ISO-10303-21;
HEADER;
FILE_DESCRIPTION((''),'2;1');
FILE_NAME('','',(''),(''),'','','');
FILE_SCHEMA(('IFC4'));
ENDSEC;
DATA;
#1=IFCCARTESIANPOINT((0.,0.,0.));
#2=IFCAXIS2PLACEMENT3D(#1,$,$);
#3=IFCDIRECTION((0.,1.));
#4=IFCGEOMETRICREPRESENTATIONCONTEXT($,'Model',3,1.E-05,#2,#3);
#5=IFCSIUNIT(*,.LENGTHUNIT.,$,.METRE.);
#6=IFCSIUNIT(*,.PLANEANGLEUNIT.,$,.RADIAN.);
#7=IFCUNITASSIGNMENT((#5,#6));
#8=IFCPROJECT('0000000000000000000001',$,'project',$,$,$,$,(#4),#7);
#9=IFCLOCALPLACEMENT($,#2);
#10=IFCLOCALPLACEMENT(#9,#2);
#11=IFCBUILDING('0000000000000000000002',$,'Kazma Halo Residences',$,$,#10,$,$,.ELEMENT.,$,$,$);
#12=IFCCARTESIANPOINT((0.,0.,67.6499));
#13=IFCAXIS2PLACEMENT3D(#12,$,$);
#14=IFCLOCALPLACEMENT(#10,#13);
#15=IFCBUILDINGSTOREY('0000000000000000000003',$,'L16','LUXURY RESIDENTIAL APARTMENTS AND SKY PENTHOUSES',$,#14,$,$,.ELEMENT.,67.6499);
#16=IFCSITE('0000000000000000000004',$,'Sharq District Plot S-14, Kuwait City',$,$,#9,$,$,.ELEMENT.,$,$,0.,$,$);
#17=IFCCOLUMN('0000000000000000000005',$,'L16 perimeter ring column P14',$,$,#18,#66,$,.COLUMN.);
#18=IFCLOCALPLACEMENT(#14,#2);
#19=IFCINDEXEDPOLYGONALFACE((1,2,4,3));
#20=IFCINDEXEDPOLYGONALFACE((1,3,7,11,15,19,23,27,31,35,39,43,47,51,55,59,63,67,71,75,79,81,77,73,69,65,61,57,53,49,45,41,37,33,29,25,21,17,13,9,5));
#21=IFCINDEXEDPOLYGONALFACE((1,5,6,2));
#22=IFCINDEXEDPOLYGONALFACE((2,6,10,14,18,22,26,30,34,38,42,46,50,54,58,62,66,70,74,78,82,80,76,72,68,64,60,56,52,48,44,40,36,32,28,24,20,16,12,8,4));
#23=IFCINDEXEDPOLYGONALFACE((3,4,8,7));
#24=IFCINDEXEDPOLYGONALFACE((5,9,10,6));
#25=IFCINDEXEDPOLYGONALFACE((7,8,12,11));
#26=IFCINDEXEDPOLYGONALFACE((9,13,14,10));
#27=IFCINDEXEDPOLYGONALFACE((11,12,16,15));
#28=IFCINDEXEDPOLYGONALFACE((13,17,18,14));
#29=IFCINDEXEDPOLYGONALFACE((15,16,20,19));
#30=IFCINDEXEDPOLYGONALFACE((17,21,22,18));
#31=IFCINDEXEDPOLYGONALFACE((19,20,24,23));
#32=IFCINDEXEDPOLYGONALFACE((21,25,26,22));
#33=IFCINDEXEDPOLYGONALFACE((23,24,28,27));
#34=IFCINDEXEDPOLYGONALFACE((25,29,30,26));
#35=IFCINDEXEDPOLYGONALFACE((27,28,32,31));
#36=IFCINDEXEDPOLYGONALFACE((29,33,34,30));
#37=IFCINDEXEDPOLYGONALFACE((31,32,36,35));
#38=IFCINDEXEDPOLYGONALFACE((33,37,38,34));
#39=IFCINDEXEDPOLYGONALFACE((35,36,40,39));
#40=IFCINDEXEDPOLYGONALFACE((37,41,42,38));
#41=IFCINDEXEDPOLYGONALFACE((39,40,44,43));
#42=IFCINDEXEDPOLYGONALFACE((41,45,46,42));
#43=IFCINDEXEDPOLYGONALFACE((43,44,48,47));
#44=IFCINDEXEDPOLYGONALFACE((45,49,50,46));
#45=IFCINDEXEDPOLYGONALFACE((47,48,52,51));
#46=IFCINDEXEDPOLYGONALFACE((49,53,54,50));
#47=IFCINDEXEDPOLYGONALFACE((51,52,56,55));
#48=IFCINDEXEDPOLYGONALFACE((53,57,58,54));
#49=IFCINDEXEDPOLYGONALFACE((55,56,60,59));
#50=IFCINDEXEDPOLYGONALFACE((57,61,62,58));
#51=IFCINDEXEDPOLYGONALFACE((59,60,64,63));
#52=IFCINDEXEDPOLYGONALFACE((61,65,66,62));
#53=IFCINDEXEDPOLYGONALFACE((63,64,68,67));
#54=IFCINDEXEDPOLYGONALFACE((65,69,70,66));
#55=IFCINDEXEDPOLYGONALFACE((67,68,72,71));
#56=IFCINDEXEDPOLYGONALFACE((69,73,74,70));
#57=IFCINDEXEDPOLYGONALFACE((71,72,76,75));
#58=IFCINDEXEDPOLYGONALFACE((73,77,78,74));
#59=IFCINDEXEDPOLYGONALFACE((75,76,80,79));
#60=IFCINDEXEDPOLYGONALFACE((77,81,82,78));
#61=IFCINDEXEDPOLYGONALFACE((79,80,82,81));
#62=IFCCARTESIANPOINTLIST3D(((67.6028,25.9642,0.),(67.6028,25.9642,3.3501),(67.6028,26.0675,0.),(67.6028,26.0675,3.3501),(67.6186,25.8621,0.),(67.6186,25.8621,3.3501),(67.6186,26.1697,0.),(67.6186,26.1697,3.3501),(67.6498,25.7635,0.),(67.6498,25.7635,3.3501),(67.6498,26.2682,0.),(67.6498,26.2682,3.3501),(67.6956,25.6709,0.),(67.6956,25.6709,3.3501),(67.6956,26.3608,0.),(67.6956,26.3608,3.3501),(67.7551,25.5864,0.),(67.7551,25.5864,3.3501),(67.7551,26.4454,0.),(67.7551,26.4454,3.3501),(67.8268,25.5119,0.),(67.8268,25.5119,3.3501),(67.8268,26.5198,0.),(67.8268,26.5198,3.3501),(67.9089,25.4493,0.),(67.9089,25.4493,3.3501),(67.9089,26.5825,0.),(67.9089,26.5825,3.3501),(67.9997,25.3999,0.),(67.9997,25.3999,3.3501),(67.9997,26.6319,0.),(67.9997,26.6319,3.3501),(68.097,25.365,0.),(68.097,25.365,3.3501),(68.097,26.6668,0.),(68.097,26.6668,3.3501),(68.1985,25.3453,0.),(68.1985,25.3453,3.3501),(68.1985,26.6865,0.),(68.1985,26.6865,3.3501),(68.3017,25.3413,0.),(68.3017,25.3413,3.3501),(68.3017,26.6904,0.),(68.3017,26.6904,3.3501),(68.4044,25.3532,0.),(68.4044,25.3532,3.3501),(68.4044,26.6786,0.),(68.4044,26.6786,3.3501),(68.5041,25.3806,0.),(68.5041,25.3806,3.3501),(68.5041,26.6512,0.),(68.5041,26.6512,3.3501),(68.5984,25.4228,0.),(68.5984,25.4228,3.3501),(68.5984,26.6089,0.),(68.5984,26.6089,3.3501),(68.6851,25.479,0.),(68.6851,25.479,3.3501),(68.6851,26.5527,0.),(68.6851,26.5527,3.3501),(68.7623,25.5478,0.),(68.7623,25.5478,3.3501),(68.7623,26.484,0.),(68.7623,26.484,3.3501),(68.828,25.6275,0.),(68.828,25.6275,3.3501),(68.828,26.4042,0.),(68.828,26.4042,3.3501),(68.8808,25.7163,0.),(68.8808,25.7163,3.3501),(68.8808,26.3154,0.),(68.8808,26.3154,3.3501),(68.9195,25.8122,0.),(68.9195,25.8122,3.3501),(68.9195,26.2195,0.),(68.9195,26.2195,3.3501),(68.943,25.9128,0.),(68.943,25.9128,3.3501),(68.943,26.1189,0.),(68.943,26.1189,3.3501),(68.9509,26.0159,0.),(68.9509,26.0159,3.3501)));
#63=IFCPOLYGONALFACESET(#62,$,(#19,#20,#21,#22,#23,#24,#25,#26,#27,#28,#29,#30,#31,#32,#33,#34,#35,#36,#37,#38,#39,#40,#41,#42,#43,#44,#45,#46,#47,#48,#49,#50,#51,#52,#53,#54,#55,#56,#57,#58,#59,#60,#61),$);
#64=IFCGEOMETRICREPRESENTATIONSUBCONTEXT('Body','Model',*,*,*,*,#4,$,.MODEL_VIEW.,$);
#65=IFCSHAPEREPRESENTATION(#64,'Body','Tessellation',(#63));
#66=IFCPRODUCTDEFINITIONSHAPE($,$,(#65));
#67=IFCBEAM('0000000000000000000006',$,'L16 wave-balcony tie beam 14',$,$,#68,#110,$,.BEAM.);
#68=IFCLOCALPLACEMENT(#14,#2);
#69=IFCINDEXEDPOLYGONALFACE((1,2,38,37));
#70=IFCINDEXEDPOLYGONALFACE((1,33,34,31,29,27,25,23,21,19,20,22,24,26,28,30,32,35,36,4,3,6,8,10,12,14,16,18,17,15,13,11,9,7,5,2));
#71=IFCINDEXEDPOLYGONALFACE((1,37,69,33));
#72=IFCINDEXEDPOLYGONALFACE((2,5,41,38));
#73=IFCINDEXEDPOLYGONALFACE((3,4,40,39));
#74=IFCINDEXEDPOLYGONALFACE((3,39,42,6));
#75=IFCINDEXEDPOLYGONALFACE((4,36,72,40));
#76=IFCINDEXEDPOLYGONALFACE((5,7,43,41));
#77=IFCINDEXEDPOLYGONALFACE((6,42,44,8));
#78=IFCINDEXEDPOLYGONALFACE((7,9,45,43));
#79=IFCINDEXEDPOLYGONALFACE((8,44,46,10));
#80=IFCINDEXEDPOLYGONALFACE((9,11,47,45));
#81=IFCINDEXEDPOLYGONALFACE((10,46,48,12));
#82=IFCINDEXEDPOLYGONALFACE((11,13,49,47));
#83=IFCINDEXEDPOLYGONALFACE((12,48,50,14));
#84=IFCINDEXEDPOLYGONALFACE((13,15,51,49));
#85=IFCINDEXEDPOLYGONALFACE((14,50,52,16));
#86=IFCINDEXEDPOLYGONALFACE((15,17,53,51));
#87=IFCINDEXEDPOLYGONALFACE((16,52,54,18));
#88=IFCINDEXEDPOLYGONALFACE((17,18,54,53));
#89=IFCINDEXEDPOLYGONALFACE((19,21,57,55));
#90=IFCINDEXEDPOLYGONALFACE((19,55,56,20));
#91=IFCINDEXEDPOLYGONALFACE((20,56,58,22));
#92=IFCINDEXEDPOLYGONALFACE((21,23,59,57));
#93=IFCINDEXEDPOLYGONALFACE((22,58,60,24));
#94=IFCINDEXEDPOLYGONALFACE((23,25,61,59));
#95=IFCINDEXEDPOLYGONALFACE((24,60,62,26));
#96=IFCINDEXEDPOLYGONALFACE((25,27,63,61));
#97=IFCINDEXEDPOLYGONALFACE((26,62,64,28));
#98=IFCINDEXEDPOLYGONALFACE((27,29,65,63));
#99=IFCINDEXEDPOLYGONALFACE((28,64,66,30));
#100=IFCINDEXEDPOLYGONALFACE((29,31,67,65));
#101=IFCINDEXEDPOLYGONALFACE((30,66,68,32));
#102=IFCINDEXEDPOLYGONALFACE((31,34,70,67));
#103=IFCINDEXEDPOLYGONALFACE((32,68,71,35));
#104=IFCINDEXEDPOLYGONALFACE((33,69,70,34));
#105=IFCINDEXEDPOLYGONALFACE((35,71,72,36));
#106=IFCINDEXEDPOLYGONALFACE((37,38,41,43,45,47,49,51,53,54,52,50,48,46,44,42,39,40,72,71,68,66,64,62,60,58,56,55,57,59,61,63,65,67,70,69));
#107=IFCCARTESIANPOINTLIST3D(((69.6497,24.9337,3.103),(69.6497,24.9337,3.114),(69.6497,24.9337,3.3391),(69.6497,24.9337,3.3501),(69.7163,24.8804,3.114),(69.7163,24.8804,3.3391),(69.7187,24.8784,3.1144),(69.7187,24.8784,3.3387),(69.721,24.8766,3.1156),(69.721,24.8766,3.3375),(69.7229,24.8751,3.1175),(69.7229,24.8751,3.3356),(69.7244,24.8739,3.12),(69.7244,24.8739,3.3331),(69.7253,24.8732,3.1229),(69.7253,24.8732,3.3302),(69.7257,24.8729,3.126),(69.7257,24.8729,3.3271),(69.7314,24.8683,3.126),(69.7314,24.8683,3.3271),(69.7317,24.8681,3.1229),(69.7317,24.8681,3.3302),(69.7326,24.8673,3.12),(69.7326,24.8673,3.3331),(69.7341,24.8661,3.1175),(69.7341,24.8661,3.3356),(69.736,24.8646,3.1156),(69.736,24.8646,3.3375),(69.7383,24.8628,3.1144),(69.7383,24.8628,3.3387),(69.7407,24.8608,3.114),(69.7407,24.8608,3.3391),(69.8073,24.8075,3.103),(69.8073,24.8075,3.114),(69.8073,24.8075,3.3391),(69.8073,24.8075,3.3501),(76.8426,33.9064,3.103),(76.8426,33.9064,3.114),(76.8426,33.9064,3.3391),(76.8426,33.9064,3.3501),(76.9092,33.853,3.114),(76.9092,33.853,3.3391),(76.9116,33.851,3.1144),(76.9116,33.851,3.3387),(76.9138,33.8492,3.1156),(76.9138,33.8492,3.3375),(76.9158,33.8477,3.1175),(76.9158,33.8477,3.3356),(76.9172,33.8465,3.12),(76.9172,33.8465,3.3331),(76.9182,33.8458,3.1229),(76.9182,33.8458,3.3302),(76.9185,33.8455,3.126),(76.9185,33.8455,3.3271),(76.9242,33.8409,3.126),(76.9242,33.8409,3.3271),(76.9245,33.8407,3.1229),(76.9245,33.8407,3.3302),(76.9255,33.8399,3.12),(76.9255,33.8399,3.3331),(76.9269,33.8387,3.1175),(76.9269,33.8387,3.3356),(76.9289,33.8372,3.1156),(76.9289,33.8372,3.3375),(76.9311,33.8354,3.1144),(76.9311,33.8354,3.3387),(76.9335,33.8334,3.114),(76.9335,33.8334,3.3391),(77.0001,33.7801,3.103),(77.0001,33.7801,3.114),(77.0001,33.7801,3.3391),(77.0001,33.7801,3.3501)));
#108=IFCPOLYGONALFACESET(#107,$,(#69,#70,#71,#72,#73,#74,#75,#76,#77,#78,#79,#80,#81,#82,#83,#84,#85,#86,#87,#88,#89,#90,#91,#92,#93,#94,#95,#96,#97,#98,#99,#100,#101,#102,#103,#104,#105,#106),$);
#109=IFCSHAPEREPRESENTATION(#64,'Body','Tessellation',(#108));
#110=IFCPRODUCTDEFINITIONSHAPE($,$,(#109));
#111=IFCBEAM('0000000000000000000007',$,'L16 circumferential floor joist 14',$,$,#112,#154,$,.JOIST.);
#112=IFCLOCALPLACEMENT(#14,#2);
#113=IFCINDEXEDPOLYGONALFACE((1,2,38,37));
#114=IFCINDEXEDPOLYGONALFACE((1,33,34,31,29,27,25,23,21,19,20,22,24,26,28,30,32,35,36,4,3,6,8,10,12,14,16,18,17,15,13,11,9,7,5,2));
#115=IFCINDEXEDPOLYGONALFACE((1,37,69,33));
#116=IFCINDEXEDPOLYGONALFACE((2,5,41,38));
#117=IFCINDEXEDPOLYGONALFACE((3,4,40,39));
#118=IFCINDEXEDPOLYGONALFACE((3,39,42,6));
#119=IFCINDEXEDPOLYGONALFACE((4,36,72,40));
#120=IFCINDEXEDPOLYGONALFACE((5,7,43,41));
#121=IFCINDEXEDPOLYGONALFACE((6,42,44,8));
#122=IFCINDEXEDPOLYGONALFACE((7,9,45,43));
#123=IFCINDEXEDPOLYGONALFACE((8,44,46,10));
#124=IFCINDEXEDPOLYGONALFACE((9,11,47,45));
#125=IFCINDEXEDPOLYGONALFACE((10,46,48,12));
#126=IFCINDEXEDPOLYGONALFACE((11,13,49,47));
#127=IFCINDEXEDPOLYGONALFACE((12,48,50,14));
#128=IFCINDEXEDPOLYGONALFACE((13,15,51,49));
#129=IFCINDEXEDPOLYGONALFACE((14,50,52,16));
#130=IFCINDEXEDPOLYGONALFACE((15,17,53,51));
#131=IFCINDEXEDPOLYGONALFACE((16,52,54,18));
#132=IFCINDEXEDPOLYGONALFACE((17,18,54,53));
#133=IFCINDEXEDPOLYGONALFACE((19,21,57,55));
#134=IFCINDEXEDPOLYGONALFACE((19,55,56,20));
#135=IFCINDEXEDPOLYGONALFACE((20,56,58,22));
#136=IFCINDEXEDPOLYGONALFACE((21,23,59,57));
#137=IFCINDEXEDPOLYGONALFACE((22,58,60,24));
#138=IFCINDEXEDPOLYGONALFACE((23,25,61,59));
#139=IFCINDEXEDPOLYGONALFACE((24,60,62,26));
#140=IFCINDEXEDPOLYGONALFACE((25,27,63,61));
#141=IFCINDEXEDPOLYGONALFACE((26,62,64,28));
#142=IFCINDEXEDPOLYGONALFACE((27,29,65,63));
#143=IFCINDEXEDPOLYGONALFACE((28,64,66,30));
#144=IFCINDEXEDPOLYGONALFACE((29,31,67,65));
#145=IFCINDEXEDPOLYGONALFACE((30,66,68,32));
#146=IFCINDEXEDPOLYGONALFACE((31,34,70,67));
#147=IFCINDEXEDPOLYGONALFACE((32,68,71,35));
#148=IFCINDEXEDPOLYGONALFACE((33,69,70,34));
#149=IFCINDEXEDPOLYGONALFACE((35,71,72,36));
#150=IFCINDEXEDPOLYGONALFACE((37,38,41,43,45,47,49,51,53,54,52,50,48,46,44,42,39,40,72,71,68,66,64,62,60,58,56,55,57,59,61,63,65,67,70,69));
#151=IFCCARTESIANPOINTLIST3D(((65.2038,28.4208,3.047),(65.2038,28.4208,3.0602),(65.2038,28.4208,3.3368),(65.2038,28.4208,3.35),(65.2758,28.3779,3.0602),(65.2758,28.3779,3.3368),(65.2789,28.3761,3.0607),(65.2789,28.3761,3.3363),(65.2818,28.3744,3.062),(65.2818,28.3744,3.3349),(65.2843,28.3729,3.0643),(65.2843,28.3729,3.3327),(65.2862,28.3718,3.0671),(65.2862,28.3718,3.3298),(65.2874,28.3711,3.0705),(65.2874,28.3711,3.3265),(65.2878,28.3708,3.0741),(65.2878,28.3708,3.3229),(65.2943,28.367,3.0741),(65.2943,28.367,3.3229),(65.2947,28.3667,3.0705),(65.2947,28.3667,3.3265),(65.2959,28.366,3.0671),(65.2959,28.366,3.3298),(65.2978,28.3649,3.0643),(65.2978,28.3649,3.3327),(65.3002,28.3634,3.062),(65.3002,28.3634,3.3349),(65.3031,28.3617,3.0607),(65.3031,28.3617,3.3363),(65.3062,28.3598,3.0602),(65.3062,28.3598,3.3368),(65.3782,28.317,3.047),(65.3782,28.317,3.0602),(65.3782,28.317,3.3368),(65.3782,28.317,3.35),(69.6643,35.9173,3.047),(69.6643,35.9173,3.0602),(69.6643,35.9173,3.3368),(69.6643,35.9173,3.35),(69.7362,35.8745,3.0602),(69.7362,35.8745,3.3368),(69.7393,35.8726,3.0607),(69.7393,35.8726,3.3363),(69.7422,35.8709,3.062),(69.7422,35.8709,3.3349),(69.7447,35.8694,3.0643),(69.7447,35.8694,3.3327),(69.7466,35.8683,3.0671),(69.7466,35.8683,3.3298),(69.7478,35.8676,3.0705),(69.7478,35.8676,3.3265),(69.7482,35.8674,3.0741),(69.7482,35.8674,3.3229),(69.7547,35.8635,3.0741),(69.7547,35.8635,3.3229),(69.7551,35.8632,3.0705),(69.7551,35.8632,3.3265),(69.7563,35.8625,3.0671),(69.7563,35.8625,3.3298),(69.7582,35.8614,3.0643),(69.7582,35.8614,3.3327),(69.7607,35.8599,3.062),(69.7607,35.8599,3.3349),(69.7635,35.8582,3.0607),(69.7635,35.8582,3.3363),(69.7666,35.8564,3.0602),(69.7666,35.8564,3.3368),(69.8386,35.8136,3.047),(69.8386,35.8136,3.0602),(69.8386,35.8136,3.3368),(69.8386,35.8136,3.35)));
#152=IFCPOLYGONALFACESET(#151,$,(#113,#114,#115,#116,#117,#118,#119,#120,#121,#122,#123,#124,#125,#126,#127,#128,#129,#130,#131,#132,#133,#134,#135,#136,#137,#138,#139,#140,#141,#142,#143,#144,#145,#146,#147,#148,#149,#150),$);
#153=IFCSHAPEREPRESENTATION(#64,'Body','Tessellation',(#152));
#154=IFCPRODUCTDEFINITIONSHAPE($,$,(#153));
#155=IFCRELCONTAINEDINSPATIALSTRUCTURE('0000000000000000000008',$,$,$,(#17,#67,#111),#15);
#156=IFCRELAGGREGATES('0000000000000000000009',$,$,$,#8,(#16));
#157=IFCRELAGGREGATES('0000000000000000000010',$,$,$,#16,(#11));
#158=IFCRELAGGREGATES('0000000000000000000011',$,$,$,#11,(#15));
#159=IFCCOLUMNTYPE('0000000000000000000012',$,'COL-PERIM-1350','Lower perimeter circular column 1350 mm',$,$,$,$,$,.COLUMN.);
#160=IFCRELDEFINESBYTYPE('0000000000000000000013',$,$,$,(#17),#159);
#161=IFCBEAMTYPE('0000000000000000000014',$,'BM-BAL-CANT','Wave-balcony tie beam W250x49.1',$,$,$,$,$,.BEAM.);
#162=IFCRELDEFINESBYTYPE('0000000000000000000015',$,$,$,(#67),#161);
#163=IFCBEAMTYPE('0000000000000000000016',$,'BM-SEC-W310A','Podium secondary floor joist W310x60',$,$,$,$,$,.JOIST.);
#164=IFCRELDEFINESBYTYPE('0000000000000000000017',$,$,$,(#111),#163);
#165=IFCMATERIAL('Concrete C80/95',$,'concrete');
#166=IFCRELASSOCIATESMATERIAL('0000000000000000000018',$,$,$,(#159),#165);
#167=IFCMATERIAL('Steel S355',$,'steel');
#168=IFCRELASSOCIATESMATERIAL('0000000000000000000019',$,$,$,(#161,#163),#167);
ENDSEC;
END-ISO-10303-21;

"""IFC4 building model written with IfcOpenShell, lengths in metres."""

from ifc_helpers import new_model, si_unit, direction, frame, origin, origin_2d, place, context, subcontext, project, spatial, circle, i_section, extrude, material, material_profile, profile_set, type_object, element, save


model = new_model("IFC4")

# Units and contexts
model_context = context("Model", 3, precision=1e-05, world=origin(), true_north=direction((0.0, 1.0)))
body_context = subcontext(model_context, "Body", "Model", "MODEL_VIEW")
ifc_project = project(units=[si_unit("LENGTHUNIT", "METRE"), si_unit("PLANEANGLEUNIT", "RADIAN")], contexts=[model_context])

# Site, building, storey
site_placement = place(None, origin())
site = spatial("IfcSite", under=ifc_project, at=site_placement, Name="Sharq District Plot S-14, Kuwait City", CompositionType="ELEMENT", RefElevation=0.0)
building_placement = place(site_placement, origin())
building = spatial("IfcBuilding", under=site, at=building_placement, Name="Kazma Halo Residences", CompositionType="ELEMENT")
storey_placement = place(building_placement, frame((0.0, 0.0, 67.6499)))
storey = spatial("IfcBuildingStorey", under=building, at=storey_placement, Name="L16", Description="LUXURY RESIDENTIAL APARTMENTS AND SKY PENTHOUSES", CompositionType="ELEMENT", Elevation=67.6499)

# Column
ifc_material_1 = material(Name="Concrete C80/95", Category="concrete")
ifc_material_profile_1 = material_profile(ifc_material_1, circle(Radius=0.675, at=origin_2d()), Name="CIRC1350")
ifc_profile_set_1 = profile_set([ifc_material_profile_1], Name="Concrete C80/95")
column_type = type_object("IfcColumnType", Name="COL-PERIM-1350", Description="Lower perimeter circular column 1350 mm", PredefinedType="COLUMN", material=ifc_profile_set_1)
column_placement = place(storey_placement, frame((68.2759, 26.0159, 0.0), z_axis=(0.0, 0.0, 1.0), x_axis=(1.0, 0.0, 0.0)))
element("IfcColumn", 1, at=column_placement, inside=storey, type_object=column_type, Name="L16 perimeter ring column P14", PredefinedType="COLUMN", context=body_context, shape_type="SweptSolid", body=[
    extrude(circle(Radius=0.675, at=origin_2d()), origin(), (0.0, 0.0, 1.0), 3.3501),
])

# Beams
ifc_material_2 = material(Name="Steel S355", Category="steel")
ifc_material_profile_2 = material_profile(ifc_material_2, i_section(OverallWidth=0.2019, OverallDepth=0.2471, WebThickness=0.0073, FlangeThickness=0.011, FilletRadius=0.012, at=origin_2d()), Name="W250x49.1")
ifc_profile_set_2 = profile_set([ifc_material_profile_2], Name="Steel S355")
beam_type_1 = type_object("IfcBeamType", Name="BM-BAL-CANT", Description="Wave-balcony tie beam W250x49.1", PredefinedType="BEAM", material=ifc_profile_set_2)
beam_1_placement = place(storey_placement, frame((69.7285, 24.8706, 3.2266), z_axis=(0.625477, 0.780243, 0.0), x_axis=(-0.780243, 0.625477, 0.0)))
element("IfcBeam", 2, at=beam_1_placement, inside=storey, type_object=beam_type_1, Name="L16 wave-balcony tie beam 14", PredefinedType="BEAM", context=body_context, shape_type="SweptSolid", body=[
    extrude(i_section(OverallWidth=0.2019, OverallDepth=0.2471, WebThickness=0.0073, FlangeThickness=0.011, FilletRadius=0.012, at=origin_2d()), origin(), (0.0, 0.0, 1.0), 11.4998),
])
ifc_material_profile_3 = material_profile(ifc_material_2, i_section(OverallWidth=0.2029, OverallDepth=0.303, WebThickness=0.0076, FlangeThickness=0.0132, FilletRadius=0.0139, at=origin_2d()), Name="W310x60")
ifc_profile_set_3 = profile_set([ifc_material_profile_3], Name="Steel S355")
beam_type_2 = type_object("IfcBeamType", Name="BM-SEC-W310A", Description="Podium secondary floor joist W310x60", PredefinedType="JOIST", material=ifc_profile_set_3)
beam_2_placement = place(storey_placement, frame((65.291, 28.3689, 3.1985), z_axis=(0.511331, 0.859384, 0.0), x_axis=(-0.859384, 0.511331, 0.0)))
element("IfcBeam", 3, at=beam_2_placement, inside=storey, type_object=beam_type_2, Name="L16 circumferential floor joist 14", PredefinedType="JOIST", context=body_context, shape_type="SweptSolid", body=[
    extrude(i_section(OverallWidth=0.2029, OverallDepth=0.303, WebThickness=0.0076, FlangeThickness=0.0132, FilletRadius=0.0139, at=origin_2d()), origin(), (0.0, 0.0, 1.0), 8.7231),
])

save(model, "model.ifc")
